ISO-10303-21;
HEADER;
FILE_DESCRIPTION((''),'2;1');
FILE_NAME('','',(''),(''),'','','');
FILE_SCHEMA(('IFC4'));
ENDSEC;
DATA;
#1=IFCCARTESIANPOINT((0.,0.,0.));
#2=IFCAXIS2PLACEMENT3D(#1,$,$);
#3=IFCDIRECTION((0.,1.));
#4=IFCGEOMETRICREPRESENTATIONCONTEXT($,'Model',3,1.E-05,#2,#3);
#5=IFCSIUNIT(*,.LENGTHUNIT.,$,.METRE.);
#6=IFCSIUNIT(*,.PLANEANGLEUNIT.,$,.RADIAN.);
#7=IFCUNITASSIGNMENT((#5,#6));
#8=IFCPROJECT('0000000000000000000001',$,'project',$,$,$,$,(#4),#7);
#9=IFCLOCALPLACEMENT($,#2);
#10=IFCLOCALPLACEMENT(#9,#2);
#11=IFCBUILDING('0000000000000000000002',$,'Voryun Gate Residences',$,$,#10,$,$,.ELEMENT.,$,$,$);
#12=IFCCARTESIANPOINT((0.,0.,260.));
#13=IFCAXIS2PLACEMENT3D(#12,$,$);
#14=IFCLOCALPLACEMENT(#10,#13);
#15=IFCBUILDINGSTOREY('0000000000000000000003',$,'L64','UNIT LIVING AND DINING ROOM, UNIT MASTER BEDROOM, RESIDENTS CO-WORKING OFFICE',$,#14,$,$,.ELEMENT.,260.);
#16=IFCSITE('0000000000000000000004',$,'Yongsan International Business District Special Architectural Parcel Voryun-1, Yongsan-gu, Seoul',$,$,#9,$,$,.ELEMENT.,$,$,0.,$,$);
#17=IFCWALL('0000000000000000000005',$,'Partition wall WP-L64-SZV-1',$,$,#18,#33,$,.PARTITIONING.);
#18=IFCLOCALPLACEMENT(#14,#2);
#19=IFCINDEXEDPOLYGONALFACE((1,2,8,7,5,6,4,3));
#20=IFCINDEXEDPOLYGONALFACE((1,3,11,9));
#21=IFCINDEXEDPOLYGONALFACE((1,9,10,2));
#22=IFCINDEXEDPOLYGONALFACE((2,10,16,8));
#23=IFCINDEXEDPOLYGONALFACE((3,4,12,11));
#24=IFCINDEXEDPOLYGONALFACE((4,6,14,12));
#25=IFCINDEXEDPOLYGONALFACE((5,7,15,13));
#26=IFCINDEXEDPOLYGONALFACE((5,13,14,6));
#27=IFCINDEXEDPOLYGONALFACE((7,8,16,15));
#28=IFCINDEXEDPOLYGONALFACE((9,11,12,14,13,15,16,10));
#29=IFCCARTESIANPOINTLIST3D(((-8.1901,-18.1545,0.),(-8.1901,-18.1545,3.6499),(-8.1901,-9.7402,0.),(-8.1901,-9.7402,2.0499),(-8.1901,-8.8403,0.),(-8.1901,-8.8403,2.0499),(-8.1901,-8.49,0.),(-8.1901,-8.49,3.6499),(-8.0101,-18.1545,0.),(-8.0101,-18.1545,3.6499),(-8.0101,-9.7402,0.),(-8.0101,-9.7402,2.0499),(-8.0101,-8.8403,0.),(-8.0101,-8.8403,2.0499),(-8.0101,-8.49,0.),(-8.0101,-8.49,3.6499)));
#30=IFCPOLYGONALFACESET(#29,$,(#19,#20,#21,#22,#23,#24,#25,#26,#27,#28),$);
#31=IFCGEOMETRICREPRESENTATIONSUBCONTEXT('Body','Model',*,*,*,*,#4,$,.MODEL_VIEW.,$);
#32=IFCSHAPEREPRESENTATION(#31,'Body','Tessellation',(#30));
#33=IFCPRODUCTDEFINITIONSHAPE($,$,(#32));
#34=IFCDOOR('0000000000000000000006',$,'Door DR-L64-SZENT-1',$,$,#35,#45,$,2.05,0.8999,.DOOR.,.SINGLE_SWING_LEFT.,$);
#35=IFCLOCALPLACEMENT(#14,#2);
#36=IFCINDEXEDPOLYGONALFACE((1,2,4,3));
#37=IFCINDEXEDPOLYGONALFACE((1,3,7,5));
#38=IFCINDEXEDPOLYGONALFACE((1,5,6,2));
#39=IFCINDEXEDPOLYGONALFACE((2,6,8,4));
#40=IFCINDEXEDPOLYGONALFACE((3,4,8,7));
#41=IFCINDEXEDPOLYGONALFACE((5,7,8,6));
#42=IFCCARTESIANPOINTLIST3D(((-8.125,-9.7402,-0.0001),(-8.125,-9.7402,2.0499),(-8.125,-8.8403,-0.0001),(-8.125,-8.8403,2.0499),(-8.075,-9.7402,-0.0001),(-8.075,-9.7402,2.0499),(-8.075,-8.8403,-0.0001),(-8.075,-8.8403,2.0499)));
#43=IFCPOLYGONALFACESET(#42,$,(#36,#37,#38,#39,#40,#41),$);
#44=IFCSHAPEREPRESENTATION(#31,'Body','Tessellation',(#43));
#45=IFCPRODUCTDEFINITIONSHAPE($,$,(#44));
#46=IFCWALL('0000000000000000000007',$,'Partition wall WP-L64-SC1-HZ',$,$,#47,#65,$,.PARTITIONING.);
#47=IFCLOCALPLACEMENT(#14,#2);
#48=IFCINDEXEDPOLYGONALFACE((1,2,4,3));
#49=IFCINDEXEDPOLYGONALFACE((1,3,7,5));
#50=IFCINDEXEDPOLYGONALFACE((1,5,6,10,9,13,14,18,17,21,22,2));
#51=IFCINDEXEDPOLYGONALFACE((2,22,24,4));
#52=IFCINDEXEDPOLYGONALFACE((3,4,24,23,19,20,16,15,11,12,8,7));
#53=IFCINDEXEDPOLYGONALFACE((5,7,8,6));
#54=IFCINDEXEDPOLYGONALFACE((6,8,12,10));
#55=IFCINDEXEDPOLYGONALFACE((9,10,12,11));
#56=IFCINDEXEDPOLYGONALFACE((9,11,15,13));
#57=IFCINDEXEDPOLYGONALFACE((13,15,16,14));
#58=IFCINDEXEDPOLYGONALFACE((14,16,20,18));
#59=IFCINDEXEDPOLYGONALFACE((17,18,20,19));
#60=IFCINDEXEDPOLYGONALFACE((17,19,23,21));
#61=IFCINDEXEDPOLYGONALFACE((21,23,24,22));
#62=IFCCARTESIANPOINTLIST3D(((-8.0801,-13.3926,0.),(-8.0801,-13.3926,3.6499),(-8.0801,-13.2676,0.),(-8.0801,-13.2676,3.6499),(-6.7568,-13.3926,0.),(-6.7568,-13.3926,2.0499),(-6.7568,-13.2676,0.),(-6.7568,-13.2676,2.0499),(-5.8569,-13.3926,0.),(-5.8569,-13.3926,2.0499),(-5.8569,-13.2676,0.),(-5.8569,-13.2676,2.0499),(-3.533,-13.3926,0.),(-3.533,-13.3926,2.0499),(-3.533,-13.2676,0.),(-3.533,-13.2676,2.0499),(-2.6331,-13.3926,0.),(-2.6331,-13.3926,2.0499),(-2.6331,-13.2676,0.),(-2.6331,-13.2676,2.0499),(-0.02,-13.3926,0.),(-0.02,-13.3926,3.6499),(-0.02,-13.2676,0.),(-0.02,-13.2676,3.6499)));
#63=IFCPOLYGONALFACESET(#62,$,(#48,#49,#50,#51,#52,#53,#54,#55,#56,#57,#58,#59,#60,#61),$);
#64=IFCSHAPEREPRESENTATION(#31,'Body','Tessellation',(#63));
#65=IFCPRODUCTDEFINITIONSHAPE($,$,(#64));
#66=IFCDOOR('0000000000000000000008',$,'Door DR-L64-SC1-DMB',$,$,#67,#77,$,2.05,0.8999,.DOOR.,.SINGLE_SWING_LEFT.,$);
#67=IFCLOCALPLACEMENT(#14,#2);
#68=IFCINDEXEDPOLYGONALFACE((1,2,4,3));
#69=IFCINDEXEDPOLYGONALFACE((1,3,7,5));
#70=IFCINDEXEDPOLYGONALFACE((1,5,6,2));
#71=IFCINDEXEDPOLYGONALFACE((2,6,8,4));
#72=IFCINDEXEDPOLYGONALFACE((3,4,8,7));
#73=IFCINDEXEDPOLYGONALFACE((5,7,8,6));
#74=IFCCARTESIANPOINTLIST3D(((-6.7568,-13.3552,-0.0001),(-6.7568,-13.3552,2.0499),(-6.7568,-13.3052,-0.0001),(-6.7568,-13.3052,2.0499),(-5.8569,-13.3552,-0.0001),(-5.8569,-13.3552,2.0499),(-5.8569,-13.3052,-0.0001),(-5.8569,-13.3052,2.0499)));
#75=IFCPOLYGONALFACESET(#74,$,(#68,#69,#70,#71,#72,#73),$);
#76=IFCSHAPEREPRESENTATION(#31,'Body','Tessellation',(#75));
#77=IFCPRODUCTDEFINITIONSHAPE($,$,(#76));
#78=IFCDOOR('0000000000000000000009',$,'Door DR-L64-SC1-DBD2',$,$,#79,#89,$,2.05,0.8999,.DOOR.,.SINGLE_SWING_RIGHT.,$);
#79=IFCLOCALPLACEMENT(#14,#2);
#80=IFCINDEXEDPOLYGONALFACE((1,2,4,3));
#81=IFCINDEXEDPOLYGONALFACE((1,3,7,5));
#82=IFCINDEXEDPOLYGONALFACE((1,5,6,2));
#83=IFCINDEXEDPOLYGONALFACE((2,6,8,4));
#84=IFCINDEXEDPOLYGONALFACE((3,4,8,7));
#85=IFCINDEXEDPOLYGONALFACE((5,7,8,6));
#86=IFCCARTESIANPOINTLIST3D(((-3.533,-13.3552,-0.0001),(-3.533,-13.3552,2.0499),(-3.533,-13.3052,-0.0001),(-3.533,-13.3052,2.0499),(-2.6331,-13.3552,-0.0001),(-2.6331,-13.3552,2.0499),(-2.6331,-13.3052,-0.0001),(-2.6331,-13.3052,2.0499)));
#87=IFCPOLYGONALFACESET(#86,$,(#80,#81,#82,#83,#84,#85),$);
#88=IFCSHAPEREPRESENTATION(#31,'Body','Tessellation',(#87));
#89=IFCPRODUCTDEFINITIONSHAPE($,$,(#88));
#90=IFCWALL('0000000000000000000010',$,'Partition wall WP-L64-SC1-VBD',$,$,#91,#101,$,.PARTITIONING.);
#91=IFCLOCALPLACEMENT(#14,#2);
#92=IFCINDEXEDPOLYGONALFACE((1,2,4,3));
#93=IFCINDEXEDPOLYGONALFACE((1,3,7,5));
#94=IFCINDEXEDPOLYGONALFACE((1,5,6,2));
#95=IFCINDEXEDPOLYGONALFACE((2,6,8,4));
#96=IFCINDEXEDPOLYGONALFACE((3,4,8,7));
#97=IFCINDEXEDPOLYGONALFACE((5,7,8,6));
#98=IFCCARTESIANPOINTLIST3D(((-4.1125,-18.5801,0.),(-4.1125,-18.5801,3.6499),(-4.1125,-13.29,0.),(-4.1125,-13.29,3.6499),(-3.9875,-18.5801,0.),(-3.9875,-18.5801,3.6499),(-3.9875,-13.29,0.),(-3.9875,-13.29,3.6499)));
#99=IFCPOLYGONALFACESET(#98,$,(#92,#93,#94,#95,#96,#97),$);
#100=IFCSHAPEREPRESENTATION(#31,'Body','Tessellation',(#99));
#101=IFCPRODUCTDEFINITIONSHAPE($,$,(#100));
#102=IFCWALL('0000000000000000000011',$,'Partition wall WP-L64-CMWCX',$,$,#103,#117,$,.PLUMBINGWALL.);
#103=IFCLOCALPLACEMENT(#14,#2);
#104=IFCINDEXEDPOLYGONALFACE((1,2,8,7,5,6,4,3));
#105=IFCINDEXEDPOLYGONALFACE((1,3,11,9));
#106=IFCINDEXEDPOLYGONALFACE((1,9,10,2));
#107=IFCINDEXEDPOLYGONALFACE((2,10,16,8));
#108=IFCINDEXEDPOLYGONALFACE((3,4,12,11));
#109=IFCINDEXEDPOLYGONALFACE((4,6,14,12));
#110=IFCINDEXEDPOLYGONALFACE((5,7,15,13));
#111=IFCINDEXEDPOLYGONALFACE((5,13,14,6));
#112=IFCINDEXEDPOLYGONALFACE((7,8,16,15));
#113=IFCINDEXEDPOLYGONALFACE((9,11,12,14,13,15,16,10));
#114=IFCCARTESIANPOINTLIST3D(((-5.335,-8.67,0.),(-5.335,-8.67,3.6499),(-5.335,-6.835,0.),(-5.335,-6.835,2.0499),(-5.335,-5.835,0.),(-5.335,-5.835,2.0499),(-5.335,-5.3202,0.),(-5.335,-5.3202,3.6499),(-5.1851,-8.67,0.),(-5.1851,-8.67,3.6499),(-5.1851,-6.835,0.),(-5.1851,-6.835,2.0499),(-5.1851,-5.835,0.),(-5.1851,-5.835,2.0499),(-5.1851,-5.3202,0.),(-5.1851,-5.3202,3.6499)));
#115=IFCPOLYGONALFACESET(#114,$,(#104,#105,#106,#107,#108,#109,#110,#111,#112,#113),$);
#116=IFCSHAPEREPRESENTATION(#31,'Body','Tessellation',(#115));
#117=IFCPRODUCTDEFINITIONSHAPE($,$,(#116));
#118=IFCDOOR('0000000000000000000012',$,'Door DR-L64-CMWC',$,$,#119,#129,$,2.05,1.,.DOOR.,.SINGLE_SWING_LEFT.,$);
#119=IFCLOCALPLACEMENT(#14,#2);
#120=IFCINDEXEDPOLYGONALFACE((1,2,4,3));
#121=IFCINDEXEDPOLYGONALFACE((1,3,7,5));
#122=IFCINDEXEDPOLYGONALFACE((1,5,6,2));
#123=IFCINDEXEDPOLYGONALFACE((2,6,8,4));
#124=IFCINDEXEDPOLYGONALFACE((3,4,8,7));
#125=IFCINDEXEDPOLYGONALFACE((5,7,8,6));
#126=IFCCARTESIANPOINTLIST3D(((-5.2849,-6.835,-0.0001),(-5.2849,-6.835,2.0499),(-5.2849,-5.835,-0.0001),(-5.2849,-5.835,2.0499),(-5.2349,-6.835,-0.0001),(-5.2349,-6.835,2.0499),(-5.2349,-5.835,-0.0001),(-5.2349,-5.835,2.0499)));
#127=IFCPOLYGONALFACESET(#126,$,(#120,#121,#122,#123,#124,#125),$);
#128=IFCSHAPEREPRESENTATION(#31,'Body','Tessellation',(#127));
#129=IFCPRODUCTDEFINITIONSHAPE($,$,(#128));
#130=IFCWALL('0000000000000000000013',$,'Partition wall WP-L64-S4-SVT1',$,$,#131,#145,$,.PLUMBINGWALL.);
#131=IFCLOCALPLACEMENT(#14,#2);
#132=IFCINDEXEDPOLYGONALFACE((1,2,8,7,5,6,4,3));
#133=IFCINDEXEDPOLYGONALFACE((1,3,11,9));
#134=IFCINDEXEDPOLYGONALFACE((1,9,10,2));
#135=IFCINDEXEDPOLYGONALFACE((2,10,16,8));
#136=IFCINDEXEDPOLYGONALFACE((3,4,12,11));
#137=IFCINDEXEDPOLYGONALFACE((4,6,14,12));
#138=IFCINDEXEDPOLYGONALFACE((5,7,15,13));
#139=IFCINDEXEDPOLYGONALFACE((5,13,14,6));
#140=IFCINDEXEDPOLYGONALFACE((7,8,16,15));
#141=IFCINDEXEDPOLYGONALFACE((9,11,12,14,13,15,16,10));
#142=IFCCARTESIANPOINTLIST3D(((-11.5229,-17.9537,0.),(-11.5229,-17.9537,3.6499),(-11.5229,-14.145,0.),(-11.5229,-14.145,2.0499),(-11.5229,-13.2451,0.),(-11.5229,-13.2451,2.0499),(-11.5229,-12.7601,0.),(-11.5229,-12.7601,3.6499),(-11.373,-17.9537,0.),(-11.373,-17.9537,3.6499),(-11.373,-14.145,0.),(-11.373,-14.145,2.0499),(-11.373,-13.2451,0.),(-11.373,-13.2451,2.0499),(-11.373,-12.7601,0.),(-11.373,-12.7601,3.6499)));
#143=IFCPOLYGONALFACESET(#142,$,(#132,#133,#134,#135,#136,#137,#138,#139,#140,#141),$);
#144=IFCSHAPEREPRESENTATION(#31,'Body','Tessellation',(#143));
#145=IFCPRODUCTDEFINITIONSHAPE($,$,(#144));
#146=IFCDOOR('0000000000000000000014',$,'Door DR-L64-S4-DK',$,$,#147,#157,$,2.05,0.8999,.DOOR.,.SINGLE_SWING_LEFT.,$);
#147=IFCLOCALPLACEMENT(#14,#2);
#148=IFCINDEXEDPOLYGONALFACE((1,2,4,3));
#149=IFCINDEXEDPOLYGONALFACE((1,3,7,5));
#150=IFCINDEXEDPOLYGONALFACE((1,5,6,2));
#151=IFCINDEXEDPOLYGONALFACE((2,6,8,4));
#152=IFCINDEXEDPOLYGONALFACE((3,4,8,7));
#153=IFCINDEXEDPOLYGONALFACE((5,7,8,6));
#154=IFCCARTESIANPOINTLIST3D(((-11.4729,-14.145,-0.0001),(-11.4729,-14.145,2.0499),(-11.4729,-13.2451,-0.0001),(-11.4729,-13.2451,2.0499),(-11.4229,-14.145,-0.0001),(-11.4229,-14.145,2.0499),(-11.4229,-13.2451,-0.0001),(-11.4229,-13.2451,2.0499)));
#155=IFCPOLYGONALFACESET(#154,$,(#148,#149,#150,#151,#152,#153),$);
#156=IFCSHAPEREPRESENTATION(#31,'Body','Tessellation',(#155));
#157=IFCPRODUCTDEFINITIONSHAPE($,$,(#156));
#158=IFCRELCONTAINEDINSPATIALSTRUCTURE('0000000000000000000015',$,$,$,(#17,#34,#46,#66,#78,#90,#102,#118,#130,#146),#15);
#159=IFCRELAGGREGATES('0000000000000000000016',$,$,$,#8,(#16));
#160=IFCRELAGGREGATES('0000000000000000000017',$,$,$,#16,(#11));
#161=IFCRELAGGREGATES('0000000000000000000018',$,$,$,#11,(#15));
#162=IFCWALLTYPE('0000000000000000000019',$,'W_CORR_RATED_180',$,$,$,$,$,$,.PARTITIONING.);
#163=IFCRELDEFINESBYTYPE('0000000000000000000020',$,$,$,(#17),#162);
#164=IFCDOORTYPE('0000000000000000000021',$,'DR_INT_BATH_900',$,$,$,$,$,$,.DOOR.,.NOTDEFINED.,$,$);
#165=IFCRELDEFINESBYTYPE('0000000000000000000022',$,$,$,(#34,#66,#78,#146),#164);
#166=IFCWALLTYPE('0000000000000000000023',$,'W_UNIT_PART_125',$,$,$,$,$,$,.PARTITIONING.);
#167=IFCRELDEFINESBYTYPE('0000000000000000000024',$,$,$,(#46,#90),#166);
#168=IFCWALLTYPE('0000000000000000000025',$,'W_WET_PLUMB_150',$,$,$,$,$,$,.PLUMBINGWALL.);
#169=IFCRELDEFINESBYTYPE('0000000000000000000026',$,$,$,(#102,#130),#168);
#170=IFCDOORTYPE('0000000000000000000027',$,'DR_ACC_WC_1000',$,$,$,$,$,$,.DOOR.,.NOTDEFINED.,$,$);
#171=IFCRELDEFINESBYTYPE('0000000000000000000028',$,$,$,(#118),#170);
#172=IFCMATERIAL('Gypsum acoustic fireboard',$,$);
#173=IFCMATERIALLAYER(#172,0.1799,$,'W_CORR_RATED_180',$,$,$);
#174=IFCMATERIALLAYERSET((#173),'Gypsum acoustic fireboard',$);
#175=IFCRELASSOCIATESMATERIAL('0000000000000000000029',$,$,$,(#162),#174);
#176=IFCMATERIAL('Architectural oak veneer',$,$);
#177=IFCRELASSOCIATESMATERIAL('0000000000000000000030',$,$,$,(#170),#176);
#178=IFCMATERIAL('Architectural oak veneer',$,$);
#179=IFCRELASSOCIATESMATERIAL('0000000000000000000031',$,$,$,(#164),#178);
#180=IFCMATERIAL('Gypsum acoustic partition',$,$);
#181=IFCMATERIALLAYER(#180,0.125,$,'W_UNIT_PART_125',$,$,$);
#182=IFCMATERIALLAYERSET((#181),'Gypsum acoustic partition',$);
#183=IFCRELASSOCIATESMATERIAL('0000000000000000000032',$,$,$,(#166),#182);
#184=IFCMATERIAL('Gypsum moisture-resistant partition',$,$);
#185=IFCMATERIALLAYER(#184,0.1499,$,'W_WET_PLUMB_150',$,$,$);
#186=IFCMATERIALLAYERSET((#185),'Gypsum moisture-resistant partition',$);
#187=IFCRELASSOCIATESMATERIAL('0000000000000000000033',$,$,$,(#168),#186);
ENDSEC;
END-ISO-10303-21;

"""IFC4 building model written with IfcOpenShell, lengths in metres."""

from ifc_helpers import new_model, si_unit, direction, frame, frame_2d, origin, place, context, subcontext, project, spatial, rectangle, extrude, material, layer, layer_set, type_object, element, fill, save


model = new_model("IFC4")

# Units and contexts
model_context = context("Model", 3, precision=1e-05, world=origin(), true_north=direction((0.0, 1.0)))
body_context = subcontext(model_context, "Body", "Model", "MODEL_VIEW")
ifc_project = project(units=[si_unit("LENGTHUNIT", "METRE"), si_unit("PLANEANGLEUNIT", "RADIAN")], contexts=[model_context])

# Site, building, storey
site_placement = place(None, origin())
site = spatial("IfcSite", under=ifc_project, at=site_placement, Name="Yongsan International Business District Special Architectural Parcel Voryun-1, Yongsan-gu, Seoul", CompositionType="ELEMENT", RefElevation=0.0)
building_placement = place(site_placement, origin())
building = spatial("IfcBuilding", under=site, at=building_placement, Name="Voryun Gate Residences", CompositionType="ELEMENT")
storey_placement = place(building_placement, frame((0.0, 0.0, 260.0)))
storey = spatial("IfcBuildingStorey", under=building, at=storey_placement, Name="L64", Description="UNIT LIVING AND DINING ROOM, UNIT MASTER BEDROOM, RESIDENTS CO-WORKING OFFICE", CompositionType="ELEMENT", Elevation=260.0)

# Shared definitions
ifc_material_1 = material(Name="Gypsum acoustic fireboard")
ifc_layer_1 = layer(ifc_material_1, 0.1799, Name="W_CORR_RATED_180")
ifc_layer_set_1 = layer_set([ifc_layer_1], Name="Gypsum acoustic fireboard")
wall_type_1 = type_object("IfcWallType", Name="W_CORR_RATED_180", PredefinedType="PARTITIONING", material=ifc_layer_set_1)

# Shared definitions
ifc_material_2 = material(Name="Architectural oak veneer")
door_type_1 = type_object("IfcDoorType", Name="DR_ACC_WC_1000", OperationType="NOTDEFINED", PredefinedType="DOOR", material=ifc_material_2)

# Wall, opening, door
wall_1_placement = place(storey_placement, frame((-8.1001, -18.1545, 0.0), z_axis=(0.0, 0.0, 1.0), x_axis=(0.0, 1.0, 0.0)))
wall_1 = element("IfcWall", 1, at=wall_1_placement, inside=storey, type_object=wall_type_1, Name="Partition wall WP-L64-SZV-1", PredefinedType="PARTITIONING", context=body_context, shape_type="SweptSolid", body=[
    extrude(rectangle(XDim=9.6646, YDim=0.1799, at=frame_2d((4.8323, 0.0))), origin(), (0.0, 0.0, 1.0), 3.6499),
])
opening_1_placement = place(wall_1_placement, frame((8.4143, 0.0, 0.0)))
opening_1 = element("IfcOpeningElement", 2, at=opening_1_placement, cuts=wall_1, PredefinedType="OPENING", context=body_context, shape_type="SweptSolid", body=[
    extrude(rectangle(XDim=0.8999, YDim=2.05, at=frame_2d((0.45, 1.0249))), frame((0.0, 0.0999, 0.0), z_axis=(0.0, -1.0, 0.0), x_axis=(1.0, 0.0, 0.0)), (0.0, 0.0, 1.0), 0.2),
])
ifc_material_3 = material(Name="Architectural oak veneer")
door_type_2 = type_object("IfcDoorType", Name="DR_INT_BATH_900", OperationType="NOTDEFINED", PredefinedType="DOOR", material=ifc_material_3)
door_1_placement = place(opening_1_placement, origin())
door_1 = element("IfcDoor", 3, at=door_1_placement, inside=storey, type_object=door_type_2, Name="Door DR-L64-SZENT-1", OperationType="SINGLE_SWING_LEFT", OverallHeight=2.05, OverallWidth=0.8999, PredefinedType="DOOR", context=body_context, shape_type="SweptSolid", body=[
    extrude(rectangle(XDim=0.8999, YDim=2.05, at=frame_2d((0.45, 1.0249))), frame((0.0, 0.0249, 0.0), z_axis=(0.0, -1.0, 0.0), x_axis=(1.0, 0.0, 0.0)), (0.0, 0.0, 1.0), 0.05),
])
fill(opening_1, door_1)

# Wall, openings, doors
ifc_material_4 = material(Name="Gypsum acoustic partition")
ifc_layer_2 = layer(ifc_material_4, 0.125, Name="W_UNIT_PART_125")
ifc_layer_set_2 = layer_set([ifc_layer_2], Name="Gypsum acoustic partition")
wall_type_2 = type_object("IfcWallType", Name="W_UNIT_PART_125", PredefinedType="PARTITIONING", material=ifc_layer_set_2)
wall_2_placement = place(storey_placement, frame((-8.0801, -13.3301, 0.0), z_axis=(0.0, 0.0, 1.0), x_axis=(1.0, 0.0, 0.0)))
wall_2 = element("IfcWall", 4, at=wall_2_placement, inside=storey, type_object=wall_type_2, Name="Partition wall WP-L64-SC1-HZ", PredefinedType="PARTITIONING", context=body_context, shape_type="SweptSolid", body=[
    extrude(rectangle(XDim=8.0601, YDim=0.125, at=frame_2d((4.03, 0.0))), origin(), (0.0, 0.0, 1.0), 3.6499),
])
opening_2_placement = place(wall_2_placement, frame((1.3232, 0.0, 0.0)))
opening_2 = element("IfcOpeningElement", 5, at=opening_2_placement, cuts=wall_2, PredefinedType="OPENING", context=body_context, shape_type="SweptSolid", body=[
    extrude(rectangle(XDim=0.8999, YDim=2.05, at=frame_2d((0.45, 1.0249))), frame((0.0, 0.0725, 0.0), z_axis=(0.0, -1.0, 0.0), x_axis=(1.0, 0.0, 0.0)), (0.0, 0.0, 1.0), 0.145),
])
opening_3_placement = place(wall_2_placement, frame((4.5471, 0.0, 0.0)))
opening_3 = element("IfcOpeningElement", 6, at=opening_3_placement, cuts=wall_2, PredefinedType="OPENING", context=body_context, shape_type="SweptSolid", body=[
    extrude(rectangle(XDim=0.8999, YDim=2.05, at=frame_2d((0.45, 1.0249))), frame((0.0, 0.0725, 0.0), z_axis=(0.0, -1.0, 0.0), x_axis=(1.0, 0.0, 0.0)), (0.0, 0.0, 1.0), 0.145),
])
door_2_placement = place(opening_2_placement, origin())
door_2 = element("IfcDoor", 7, at=door_2_placement, inside=storey, type_object=door_type_2, Name="Door DR-L64-SC1-DMB", OperationType="SINGLE_SWING_LEFT", OverallHeight=2.05, OverallWidth=0.8999, PredefinedType="DOOR", context=body_context, shape_type="SweptSolid", body=[
    extrude(rectangle(XDim=0.8999, YDim=2.05, at=frame_2d((0.45, 1.0249))), frame((0.0, 0.0249, 0.0), z_axis=(0.0, -1.0, 0.0), x_axis=(1.0, 0.0, 0.0)), (0.0, 0.0, 1.0), 0.05),
])
fill(opening_2, door_2)
door_3_placement = place(opening_3_placement, origin())
door_3 = element("IfcDoor", 8, at=door_3_placement, inside=storey, type_object=door_type_2, Name="Door DR-L64-SC1-DBD2", OperationType="SINGLE_SWING_RIGHT", OverallHeight=2.05, OverallWidth=0.8999, PredefinedType="DOOR", context=body_context, shape_type="SweptSolid", body=[
    extrude(rectangle(XDim=0.8999, YDim=2.05, at=frame_2d((0.45, 1.0249))), frame((0.0, 0.0249, 0.0), z_axis=(0.0, -1.0, 0.0), x_axis=(1.0, 0.0, 0.0)), (0.0, 0.0, 1.0), 0.05),
])
fill(opening_3, door_3)

# Wall
wall_3_placement = place(storey_placement, frame((-4.05, -18.5801, 0.0), z_axis=(0.0, 0.0, 1.0), x_axis=(0.0, 1.0, 0.0)))
element("IfcWall", 9, at=wall_3_placement, inside=storey, type_object=wall_type_2, Name="Partition wall WP-L64-SC1-VBD", PredefinedType="PARTITIONING", context=body_context, shape_type="SweptSolid", body=[
    extrude(rectangle(XDim=5.29, YDim=0.125, at=frame_2d((2.645, 0.0))), origin(), (0.0, 0.0, 1.0), 3.6499),
])

# Walls, openings, doors
ifc_material_5 = material(Name="Gypsum moisture-resistant partition")
ifc_layer_3 = layer(ifc_material_5, 0.1499, Name="W_WET_PLUMB_150")
ifc_layer_set_3 = layer_set([ifc_layer_3], Name="Gypsum moisture-resistant partition")
wall_type_3 = type_object("IfcWallType", Name="W_WET_PLUMB_150", PredefinedType="PLUMBINGWALL", material=ifc_layer_set_3)
wall_4_placement = place(storey_placement, frame((-5.26, -8.6699, 0.0), z_axis=(0.0, 0.0, 1.0), x_axis=(0.0, 1.0, 0.0)))
wall_4 = element("IfcWall", 10, at=wall_4_placement, inside=storey, type_object=wall_type_3, Name="Partition wall WP-L64-CMWCX", PredefinedType="PLUMBINGWALL", context=body_context, shape_type="SweptSolid", body=[
    extrude(rectangle(XDim=3.3499, YDim=0.1499, at=frame_2d((1.6748, 0.0))), origin(), (0.0, 0.0, 1.0), 3.6499),
])
opening_4_placement = place(wall_4_placement, frame((1.835, 0.0, 0.0)))
opening_4 = element("IfcOpeningElement", 11, at=opening_4_placement, cuts=wall_4, PredefinedType="OPENING", context=body_context, shape_type="SweptSolid", body=[
    extrude(rectangle(XDim=1.0, YDim=2.05, at=frame_2d((0.5, 1.0249))), frame((0.0, 0.085, 0.0), z_axis=(0.0, -1.0, 0.0), x_axis=(1.0, 0.0, 0.0)), (0.0, 0.0, 1.0), 0.1699),
])
door_4_placement = place(opening_4_placement, origin())
door_4 = element("IfcDoor", 12, at=door_4_placement, inside=storey, type_object=door_type_1, Name="Door DR-L64-CMWC", OperationType="SINGLE_SWING_LEFT", OverallHeight=2.05, OverallWidth=1.0, PredefinedType="DOOR", context=body_context, shape_type="SweptSolid", body=[
    extrude(rectangle(XDim=1.0, YDim=2.05, at=frame_2d((0.5, 1.0249))), frame((0.0, 0.0249, 0.0), z_axis=(0.0, -1.0, 0.0), x_axis=(1.0, 0.0, 0.0)), (0.0, 0.0, 1.0), 0.05),
])
fill(opening_4, door_4)
wall_5_placement = place(storey_placement, frame((-11.448, -17.9536, 0.0), z_axis=(0.0, 0.0, 1.0), x_axis=(0.0, 1.0, 0.0)))
wall_5 = element("IfcWall", 13, at=wall_5_placement, inside=storey, type_object=wall_type_3, Name="Partition wall WP-L64-S4-SVT1", PredefinedType="PLUMBINGWALL", context=body_context, shape_type="SweptSolid", body=[
    extrude(rectangle(XDim=5.1936, YDim=0.1499, at=frame_2d((2.5967, 0.0))), origin(), (0.0, 0.0, 1.0), 3.6499),
])
opening_5_placement = place(wall_5_placement, frame((3.8086, 0.0, 0.0)))
opening_5 = element("IfcOpeningElement", 14, at=opening_5_placement, cuts=wall_5, PredefinedType="OPENING", context=body_context, shape_type="SweptSolid", body=[
    extrude(rectangle(XDim=0.8999, YDim=2.05, at=frame_2d((0.45, 1.0249))), frame((0.0, 0.085, 0.0), z_axis=(0.0, -1.0, 0.0), x_axis=(1.0, 0.0, 0.0)), (0.0, 0.0, 1.0), 0.1699),
])
door_5_placement = place(opening_5_placement, origin())
door_5 = element("IfcDoor", 15, at=door_5_placement, inside=storey, type_object=door_type_2, Name="Door DR-L64-S4-DK", OperationType="SINGLE_SWING_LEFT", OverallHeight=2.05, OverallWidth=0.8999, PredefinedType="DOOR", context=body_context, shape_type="SweptSolid", body=[
    extrude(rectangle(XDim=0.8999, YDim=2.05, at=frame_2d((0.45, 1.0249))), frame((0.0, 0.0249, 0.0), z_axis=(0.0, -1.0, 0.0), x_axis=(1.0, 0.0, 0.0)), (0.0, 0.0, 1.0), 0.05),
])
fill(opening_5, door_5)

save(model, "model.ifc")
